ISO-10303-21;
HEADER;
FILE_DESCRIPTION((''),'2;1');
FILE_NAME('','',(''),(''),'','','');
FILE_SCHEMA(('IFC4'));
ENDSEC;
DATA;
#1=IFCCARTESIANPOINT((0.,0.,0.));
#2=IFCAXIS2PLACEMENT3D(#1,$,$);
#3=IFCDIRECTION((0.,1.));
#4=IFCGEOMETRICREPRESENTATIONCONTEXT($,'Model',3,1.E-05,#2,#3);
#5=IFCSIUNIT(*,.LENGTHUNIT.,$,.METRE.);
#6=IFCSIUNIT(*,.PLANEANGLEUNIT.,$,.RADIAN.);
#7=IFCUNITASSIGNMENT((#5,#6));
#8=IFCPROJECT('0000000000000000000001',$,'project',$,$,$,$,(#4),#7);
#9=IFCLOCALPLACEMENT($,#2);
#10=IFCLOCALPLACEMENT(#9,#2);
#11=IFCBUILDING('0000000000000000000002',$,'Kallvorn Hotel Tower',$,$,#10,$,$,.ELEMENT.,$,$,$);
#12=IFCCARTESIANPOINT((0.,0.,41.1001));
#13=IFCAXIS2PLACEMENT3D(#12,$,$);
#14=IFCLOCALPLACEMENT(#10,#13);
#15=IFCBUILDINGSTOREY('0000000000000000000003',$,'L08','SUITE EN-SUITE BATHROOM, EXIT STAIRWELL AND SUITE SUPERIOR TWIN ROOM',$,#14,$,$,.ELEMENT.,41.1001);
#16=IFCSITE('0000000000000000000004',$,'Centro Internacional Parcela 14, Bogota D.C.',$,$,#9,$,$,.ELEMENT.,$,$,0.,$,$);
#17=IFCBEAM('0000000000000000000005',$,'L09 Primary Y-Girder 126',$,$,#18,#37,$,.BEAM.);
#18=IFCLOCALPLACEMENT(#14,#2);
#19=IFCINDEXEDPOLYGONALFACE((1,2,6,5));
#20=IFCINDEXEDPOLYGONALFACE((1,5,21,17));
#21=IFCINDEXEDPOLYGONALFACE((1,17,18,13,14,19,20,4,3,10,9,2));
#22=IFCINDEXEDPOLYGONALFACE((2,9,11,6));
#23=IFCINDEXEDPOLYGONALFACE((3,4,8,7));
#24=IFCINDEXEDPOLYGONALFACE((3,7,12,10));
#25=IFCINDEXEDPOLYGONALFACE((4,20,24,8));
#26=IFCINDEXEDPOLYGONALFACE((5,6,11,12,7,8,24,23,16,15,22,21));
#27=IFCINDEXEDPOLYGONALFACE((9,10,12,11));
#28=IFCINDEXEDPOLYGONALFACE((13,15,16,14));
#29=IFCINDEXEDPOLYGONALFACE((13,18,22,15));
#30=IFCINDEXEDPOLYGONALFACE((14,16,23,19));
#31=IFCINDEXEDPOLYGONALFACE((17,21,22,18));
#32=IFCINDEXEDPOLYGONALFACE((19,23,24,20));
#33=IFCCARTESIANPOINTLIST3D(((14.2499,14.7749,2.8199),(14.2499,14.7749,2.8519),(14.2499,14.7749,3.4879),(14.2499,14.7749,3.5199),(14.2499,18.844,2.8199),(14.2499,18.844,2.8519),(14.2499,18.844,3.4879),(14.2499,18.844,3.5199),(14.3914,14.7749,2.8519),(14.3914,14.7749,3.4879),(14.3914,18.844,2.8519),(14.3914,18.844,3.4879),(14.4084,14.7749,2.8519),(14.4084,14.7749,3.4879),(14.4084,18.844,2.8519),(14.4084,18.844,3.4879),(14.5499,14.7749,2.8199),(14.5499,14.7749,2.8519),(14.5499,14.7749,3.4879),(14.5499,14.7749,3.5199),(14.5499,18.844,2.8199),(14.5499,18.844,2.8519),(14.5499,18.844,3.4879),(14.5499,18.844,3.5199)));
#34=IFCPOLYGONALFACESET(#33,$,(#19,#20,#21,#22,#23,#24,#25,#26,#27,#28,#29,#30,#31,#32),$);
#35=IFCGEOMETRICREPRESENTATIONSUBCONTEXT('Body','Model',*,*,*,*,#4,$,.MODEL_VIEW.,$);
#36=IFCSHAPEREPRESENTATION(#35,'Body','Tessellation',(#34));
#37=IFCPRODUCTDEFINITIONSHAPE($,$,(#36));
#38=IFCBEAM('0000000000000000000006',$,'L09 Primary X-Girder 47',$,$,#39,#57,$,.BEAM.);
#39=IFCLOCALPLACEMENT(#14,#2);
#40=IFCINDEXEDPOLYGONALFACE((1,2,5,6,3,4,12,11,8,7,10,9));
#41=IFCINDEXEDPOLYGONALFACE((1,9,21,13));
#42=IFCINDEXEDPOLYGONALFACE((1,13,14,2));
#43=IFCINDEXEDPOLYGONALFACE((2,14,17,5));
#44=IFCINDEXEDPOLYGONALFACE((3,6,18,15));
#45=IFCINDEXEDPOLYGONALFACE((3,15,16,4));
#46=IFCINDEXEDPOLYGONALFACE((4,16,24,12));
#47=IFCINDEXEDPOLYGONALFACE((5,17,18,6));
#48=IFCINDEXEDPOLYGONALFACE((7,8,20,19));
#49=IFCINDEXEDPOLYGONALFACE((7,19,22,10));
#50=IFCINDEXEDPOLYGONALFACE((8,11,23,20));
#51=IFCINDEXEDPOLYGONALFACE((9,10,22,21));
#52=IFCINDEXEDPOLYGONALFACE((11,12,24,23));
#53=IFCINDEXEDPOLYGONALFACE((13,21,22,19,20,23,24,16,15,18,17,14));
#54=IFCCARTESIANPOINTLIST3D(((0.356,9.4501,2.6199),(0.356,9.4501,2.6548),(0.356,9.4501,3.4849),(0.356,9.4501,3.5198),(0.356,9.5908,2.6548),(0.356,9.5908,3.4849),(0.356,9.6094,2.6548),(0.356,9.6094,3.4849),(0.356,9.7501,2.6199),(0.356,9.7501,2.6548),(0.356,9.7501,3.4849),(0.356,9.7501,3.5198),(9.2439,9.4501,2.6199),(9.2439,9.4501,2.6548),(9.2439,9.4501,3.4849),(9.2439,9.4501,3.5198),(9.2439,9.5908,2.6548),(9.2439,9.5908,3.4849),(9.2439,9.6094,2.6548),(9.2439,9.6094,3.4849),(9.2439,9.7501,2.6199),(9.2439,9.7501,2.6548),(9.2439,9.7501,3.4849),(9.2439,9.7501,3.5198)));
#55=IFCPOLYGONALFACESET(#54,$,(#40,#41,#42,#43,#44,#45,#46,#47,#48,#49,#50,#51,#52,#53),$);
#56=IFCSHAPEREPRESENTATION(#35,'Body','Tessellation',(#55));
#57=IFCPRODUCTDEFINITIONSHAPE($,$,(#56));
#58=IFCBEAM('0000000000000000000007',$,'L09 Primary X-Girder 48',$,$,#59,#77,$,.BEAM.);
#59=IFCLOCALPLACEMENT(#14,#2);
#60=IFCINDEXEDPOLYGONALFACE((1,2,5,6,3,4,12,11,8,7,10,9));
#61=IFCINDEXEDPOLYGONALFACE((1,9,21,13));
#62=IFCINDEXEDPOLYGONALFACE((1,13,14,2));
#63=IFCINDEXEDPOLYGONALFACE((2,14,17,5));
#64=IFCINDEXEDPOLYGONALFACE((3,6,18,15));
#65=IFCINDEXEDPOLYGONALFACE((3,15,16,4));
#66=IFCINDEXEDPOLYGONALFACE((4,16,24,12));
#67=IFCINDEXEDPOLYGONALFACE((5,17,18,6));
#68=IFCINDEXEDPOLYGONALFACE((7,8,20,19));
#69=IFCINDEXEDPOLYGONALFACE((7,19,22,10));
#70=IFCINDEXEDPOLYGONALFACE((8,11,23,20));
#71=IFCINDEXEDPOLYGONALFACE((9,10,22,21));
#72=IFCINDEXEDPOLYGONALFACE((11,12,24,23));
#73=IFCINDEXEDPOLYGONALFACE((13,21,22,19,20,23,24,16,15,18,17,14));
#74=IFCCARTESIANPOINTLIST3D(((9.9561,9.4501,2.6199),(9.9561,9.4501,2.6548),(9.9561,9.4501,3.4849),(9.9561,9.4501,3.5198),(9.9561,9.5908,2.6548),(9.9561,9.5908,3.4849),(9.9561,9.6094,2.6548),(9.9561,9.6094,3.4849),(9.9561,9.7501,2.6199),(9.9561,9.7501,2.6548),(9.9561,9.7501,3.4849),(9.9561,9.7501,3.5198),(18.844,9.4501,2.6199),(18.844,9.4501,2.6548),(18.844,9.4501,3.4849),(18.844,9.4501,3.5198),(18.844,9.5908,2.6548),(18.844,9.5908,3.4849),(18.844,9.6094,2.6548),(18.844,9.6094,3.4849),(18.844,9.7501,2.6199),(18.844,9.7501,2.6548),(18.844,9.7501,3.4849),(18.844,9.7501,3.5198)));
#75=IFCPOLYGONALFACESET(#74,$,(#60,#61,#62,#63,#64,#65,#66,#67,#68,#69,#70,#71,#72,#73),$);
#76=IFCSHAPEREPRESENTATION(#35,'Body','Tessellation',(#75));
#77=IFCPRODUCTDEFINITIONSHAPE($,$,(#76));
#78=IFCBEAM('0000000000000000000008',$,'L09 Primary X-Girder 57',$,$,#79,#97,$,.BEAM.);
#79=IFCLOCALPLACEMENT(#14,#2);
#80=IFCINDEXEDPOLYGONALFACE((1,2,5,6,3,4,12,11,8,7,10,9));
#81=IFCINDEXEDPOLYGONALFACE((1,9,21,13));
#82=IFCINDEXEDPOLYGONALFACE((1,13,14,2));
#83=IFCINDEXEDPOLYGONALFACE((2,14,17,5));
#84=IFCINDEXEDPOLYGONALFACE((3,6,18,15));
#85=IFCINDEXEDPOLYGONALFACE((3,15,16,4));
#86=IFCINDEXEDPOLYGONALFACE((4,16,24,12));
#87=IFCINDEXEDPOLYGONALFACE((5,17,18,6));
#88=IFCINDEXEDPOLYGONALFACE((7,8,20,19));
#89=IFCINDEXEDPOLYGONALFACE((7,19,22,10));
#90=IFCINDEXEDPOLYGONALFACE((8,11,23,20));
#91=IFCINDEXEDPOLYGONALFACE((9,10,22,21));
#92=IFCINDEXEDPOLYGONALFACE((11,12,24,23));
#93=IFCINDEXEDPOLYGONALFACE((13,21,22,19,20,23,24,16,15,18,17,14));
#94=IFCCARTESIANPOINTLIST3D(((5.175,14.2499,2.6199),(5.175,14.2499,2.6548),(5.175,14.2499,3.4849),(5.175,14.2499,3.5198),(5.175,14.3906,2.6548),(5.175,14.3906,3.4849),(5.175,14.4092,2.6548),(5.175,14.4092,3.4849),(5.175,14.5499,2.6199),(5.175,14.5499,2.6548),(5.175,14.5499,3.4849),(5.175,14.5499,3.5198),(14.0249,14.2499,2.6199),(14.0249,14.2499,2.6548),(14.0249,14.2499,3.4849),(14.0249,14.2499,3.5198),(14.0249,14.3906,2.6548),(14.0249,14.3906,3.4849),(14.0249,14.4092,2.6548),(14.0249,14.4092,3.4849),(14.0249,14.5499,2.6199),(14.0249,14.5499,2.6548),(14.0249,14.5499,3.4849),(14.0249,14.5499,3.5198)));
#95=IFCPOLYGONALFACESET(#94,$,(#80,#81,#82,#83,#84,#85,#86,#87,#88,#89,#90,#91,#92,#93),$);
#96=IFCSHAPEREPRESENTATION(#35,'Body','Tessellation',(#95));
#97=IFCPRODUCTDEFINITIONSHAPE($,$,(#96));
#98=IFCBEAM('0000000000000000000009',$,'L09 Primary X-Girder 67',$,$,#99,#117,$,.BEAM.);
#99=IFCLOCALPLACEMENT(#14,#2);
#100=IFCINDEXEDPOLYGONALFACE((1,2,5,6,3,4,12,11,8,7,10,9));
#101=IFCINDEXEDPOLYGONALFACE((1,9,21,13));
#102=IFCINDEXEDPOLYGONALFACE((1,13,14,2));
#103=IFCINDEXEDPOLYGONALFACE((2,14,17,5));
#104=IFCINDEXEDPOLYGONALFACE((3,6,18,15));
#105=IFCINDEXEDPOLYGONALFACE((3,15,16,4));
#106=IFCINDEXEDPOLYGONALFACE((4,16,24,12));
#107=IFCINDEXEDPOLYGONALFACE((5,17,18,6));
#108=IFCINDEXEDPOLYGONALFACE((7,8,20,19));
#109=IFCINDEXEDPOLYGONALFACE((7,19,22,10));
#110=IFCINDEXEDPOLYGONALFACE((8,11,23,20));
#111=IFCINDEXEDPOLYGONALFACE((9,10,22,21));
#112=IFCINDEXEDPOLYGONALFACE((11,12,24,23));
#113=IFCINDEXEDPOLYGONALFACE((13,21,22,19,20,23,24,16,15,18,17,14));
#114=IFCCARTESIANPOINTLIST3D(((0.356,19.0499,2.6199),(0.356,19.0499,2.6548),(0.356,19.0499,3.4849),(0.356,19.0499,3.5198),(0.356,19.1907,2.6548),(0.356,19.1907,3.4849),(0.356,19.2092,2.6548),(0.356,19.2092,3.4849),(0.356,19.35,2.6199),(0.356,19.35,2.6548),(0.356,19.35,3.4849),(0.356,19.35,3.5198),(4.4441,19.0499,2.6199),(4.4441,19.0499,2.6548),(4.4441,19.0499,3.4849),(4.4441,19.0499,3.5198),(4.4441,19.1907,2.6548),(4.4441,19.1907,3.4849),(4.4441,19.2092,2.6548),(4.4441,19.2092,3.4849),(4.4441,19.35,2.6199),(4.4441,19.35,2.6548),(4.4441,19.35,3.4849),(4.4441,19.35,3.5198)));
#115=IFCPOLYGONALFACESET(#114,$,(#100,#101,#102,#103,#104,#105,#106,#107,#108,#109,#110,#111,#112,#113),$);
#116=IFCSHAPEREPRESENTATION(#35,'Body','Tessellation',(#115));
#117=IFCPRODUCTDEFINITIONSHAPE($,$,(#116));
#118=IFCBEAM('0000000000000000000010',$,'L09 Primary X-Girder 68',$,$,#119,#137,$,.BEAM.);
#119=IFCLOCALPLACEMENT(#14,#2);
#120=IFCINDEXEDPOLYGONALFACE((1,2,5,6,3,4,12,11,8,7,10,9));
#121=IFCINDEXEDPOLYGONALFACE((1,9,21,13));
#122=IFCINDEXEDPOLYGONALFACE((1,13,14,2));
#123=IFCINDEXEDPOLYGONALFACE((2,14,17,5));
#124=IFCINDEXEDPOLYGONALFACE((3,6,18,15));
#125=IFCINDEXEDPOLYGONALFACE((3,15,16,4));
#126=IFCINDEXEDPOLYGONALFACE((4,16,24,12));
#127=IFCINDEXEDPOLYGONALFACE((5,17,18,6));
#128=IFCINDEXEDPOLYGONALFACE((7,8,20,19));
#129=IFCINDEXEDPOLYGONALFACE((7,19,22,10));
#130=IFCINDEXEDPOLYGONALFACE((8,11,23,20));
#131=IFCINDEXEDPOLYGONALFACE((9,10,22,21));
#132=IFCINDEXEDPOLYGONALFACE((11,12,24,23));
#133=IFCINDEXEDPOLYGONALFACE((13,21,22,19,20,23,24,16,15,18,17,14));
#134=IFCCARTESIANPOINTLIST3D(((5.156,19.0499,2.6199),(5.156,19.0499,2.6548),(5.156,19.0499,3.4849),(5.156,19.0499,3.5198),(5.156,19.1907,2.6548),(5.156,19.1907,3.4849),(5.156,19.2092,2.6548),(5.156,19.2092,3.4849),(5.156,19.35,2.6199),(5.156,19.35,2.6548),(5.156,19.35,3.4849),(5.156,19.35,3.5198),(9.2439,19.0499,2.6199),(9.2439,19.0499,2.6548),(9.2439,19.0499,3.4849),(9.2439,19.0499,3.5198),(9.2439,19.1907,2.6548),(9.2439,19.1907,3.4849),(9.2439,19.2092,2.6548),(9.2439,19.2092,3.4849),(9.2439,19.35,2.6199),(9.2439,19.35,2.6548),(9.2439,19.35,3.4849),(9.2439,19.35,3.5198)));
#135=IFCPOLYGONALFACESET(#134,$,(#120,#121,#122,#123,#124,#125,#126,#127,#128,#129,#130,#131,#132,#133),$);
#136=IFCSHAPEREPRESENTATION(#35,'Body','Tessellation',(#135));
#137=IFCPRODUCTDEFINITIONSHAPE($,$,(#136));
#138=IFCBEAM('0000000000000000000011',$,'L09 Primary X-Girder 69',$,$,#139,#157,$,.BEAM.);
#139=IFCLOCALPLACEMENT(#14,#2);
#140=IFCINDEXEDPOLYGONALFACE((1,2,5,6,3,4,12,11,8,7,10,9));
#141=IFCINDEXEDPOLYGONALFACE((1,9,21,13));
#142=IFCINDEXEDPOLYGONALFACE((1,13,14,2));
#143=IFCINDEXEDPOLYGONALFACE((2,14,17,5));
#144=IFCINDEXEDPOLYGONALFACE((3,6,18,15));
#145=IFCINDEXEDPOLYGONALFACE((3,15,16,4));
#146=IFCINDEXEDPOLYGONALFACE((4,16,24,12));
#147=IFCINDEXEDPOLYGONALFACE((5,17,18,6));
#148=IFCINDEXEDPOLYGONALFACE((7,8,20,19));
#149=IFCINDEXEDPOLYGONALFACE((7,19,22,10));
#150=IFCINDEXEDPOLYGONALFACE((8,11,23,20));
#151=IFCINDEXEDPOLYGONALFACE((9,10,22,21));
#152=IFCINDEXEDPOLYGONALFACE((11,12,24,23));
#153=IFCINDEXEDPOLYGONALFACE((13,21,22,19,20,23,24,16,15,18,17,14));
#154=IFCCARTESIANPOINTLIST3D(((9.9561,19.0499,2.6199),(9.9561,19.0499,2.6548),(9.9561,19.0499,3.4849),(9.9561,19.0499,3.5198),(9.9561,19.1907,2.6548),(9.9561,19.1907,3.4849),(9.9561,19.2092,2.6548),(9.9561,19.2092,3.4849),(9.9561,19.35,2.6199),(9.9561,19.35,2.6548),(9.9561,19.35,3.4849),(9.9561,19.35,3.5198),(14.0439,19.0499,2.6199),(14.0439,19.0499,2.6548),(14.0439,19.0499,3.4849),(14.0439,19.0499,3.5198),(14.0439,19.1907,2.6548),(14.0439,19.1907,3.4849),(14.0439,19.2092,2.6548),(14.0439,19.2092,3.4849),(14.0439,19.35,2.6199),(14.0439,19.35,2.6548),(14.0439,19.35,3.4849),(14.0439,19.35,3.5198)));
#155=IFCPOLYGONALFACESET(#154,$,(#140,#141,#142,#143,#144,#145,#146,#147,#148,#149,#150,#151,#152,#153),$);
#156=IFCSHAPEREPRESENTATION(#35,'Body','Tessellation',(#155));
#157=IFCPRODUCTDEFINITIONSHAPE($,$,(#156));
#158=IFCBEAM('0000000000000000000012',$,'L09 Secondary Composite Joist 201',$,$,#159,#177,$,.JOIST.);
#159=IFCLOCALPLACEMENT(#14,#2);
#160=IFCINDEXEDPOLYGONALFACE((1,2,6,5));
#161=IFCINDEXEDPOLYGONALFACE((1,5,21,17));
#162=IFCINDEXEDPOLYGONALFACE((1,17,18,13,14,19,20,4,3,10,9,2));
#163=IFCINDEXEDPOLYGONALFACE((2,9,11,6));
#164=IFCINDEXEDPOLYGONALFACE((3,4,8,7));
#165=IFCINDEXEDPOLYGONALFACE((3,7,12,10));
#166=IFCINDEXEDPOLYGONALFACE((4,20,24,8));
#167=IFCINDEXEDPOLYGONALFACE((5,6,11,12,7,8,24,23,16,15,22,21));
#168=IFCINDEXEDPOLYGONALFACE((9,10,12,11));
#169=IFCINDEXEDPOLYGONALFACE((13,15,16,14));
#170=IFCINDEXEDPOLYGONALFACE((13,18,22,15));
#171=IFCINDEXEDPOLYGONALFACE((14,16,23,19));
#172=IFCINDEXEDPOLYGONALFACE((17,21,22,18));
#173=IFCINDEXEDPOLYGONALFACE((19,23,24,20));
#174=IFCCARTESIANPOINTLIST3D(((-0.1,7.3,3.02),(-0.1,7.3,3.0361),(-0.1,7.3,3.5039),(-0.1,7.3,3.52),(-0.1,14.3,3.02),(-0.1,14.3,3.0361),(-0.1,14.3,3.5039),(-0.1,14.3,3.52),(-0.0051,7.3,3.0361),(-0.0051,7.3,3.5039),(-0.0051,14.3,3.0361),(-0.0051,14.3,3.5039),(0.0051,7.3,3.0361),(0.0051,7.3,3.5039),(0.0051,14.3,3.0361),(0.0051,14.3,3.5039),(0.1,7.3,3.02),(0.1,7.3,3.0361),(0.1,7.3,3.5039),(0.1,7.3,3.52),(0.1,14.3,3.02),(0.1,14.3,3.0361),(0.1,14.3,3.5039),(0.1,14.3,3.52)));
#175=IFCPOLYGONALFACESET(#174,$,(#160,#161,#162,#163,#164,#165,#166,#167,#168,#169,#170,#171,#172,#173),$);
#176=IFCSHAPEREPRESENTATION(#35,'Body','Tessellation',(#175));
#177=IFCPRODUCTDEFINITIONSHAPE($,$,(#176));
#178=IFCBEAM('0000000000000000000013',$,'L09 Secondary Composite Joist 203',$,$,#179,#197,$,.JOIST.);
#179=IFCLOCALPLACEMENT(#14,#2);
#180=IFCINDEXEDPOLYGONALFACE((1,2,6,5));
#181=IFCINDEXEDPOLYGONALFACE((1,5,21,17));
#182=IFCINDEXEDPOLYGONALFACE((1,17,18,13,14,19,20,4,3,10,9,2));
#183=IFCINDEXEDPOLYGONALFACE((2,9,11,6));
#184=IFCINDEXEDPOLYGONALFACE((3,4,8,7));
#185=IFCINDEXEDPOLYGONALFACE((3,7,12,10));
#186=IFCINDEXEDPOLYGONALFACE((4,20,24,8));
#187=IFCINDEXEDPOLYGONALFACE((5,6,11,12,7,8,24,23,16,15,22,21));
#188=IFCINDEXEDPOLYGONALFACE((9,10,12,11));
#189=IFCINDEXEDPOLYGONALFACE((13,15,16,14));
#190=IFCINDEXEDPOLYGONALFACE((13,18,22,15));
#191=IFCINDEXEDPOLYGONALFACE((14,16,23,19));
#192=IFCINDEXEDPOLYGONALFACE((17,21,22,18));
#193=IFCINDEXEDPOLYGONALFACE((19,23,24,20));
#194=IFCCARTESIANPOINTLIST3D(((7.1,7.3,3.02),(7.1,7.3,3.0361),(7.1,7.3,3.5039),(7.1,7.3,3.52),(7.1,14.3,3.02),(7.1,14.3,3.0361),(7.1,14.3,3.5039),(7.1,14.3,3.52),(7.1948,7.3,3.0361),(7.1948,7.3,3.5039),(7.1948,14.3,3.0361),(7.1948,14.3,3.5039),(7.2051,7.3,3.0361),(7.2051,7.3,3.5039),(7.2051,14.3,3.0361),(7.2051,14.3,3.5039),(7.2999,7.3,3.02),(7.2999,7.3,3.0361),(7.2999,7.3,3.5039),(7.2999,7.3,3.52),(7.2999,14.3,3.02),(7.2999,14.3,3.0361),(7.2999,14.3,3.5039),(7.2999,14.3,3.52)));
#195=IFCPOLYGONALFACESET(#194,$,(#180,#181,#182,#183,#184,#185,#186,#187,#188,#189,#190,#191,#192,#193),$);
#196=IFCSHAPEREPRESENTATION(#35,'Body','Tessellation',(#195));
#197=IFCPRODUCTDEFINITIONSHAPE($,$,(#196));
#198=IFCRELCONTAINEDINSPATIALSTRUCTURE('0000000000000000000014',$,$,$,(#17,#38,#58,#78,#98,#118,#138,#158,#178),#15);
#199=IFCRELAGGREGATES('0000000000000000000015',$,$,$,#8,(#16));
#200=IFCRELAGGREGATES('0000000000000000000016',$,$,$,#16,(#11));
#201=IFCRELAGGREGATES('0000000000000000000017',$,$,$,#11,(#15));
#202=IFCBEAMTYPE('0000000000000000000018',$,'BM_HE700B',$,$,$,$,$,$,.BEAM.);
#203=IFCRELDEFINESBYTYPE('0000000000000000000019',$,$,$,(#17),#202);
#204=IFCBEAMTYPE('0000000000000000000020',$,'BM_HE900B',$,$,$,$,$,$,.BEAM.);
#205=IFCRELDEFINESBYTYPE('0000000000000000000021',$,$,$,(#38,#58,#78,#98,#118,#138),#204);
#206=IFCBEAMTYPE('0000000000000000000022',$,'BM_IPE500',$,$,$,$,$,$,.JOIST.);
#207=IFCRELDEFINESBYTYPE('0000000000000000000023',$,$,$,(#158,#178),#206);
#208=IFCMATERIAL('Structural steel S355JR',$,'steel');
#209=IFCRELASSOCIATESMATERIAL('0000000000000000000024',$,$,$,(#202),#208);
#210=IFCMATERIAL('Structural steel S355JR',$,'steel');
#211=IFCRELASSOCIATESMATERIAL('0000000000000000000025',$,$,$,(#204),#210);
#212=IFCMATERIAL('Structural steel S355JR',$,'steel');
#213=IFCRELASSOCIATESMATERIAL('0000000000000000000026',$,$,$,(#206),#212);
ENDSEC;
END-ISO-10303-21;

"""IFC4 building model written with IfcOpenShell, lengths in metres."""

from ifc_helpers import new_model, si_unit, direction, frame, origin, origin_2d, place, context, subcontext, project, spatial, i_section, extrude, material, material_profile, profile_set, type_object, element, save


model = new_model("IFC4")

# Units and contexts
model_context = context("Model", 3, precision=1e-05, world=origin(), true_north=direction((0.0, 1.0)))
body_context = subcontext(model_context, "Body", "Model", "MODEL_VIEW")
ifc_project = project(units=[si_unit("LENGTHUNIT", "METRE"), si_unit("PLANEANGLEUNIT", "RADIAN")], contexts=[model_context])

# Site, building, storey
site_placement = place(None, origin())
site = spatial("IfcSite", under=ifc_project, at=site_placement, Name="Centro Internacional Parcela 14, Bogota D.C.", CompositionType="ELEMENT", RefElevation=0.0)
building_placement = place(site_placement, origin())
building = spatial("IfcBuilding", under=site, at=building_placement, Name="Kallvorn Hotel Tower", CompositionType="ELEMENT")
storey_placement = place(building_placement, frame((0.0, 0.0, 41.1001)))
storey = spatial("IfcBuildingStorey", under=building, at=storey_placement, Name="L08", Description="SUITE EN-SUITE BATHROOM, EXIT STAIRWELL AND SUITE SUPERIOR TWIN ROOM", CompositionType="ELEMENT", Elevation=41.1001)

# Beams
ifc_material_1 = material(Name="Structural steel S355JR", Category="steel")
ifc_material_profile_1 = material_profile(ifc_material_1, i_section(OverallWidth=0.3, OverallDepth=0.7, WebThickness=0.0171, FlangeThickness=0.032, at=origin_2d()), Name="HE 700 B")
ifc_profile_set_1 = profile_set([ifc_material_profile_1], Name="Structural steel S355JR")
beam_type_1 = type_object("IfcBeamType", Name="BM_HE700B", PredefinedType="BEAM", material=ifc_profile_set_1)
beam_1_placement = place(storey_placement, frame((14.3999, 14.7749, 3.1699), z_axis=(0.0, 1.0, 0.0), x_axis=(-1.0, 0.0, 0.0)))
element("IfcBeam", 1, at=beam_1_placement, inside=storey, type_object=beam_type_1, Name="L09 Primary Y-Girder 126", PredefinedType="BEAM", context=body_context, shape_type="SweptSolid", body=[
    extrude(i_section(OverallWidth=0.3, OverallDepth=0.7, WebThickness=0.0171, FlangeThickness=0.032, at=origin_2d()), origin(), (0.0, 0.0, 1.0), 4.0691),
])
ifc_material_2 = material(Name="Structural steel S355JR", Category="steel")
ifc_material_profile_2 = material_profile(ifc_material_2, i_section(OverallWidth=0.3, OverallDepth=0.8999, WebThickness=0.0186, FlangeThickness=0.0349, at=origin_2d()), Name="HE 900 B")
ifc_profile_set_2 = profile_set([ifc_material_profile_2], Name="Structural steel S355JR")
beam_type_2 = type_object("IfcBeamType", Name="BM_HE900B", PredefinedType="BEAM", material=ifc_profile_set_2)
for number, where, z_axis, x_axis, name in (
    (2, (0.356, 9.6001, 3.0698), (1.0, 0.0, 0.0), (0.0, 1.0, 0.0), "L09 Primary X-Girder 47"),
    (3, (9.9561, 9.6001, 3.0698), (1.0, 0.0, 0.0), (0.0, 1.0, 0.0), "L09 Primary X-Girder 48"),
):
    element("IfcBeam", number, at=place(storey_placement, frame(where, z_axis=z_axis, x_axis=x_axis)), inside=storey, type_object=beam_type_2, Name=name, PredefinedType="BEAM", context=body_context, shape_type="SweptSolid", body=[
        extrude(i_section(OverallWidth=0.3, OverallDepth=0.8999, WebThickness=0.0186, FlangeThickness=0.0349, at=origin_2d()), origin(), (0.0, 0.0, 1.0), 8.8879),
    ])
beam_2_placement = place(storey_placement, frame((5.175, 14.3999, 3.0698), z_axis=(1.0, 0.0, 0.0), x_axis=(0.0, 1.0, 0.0)))
element("IfcBeam", 4, at=beam_2_placement, inside=storey, type_object=beam_type_2, Name="L09 Primary X-Girder 57", PredefinedType="BEAM", context=body_context, shape_type="SweptSolid", body=[
    extrude(i_section(OverallWidth=0.3, OverallDepth=0.8999, WebThickness=0.0186, FlangeThickness=0.0349, at=origin_2d()), origin(), (0.0, 0.0, 1.0), 8.8499),
])
beam_3_placement = place(storey_placement, frame((0.356, 19.2, 3.0698), z_axis=(1.0, 0.0, 0.0), x_axis=(0.0, 1.0, 0.0)))
element("IfcBeam", 5, at=beam_3_placement, inside=storey, type_object=beam_type_2, Name="L09 Primary X-Girder 67", PredefinedType="BEAM", context=body_context, shape_type="SweptSolid", body=[
    extrude(i_section(OverallWidth=0.3, OverallDepth=0.8999, WebThickness=0.0186, FlangeThickness=0.0349, at=origin_2d()), origin(), (0.0, 0.0, 1.0), 4.0881),
])
for number, where, z_axis, x_axis, name in (
    (6, (5.156, 19.2, 3.0698), (1.0, 0.0, 0.0), (0.0, 1.0, 0.0), "L09 Primary X-Girder 68"),
    (7, (9.9561, 19.2, 3.0698), (1.0, 0.0, 0.0), (0.0, 1.0, 0.0), "L09 Primary X-Girder 69"),
):
    element("IfcBeam", number, at=place(storey_placement, frame(where, z_axis=z_axis, x_axis=x_axis)), inside=storey, type_object=beam_type_2, Name=name, PredefinedType="BEAM", context=body_context, shape_type="SweptSolid", body=[
        extrude(i_section(OverallWidth=0.3, OverallDepth=0.8999, WebThickness=0.0186, FlangeThickness=0.0349, at=origin_2d()), origin(), (0.0, 0.0, 1.0), 4.0879),
    ])
ifc_material_3 = material(Name="Structural steel S355JR", Category="steel")
ifc_material_profile_3 = material_profile(ifc_material_3, i_section(OverallWidth=0.2, OverallDepth=0.5, WebThickness=0.0103, FlangeThickness=0.0161, at=origin_2d()), Name="IPE 500")
ifc_profile_set_3 = profile_set([ifc_material_profile_3], Name="Structural steel S355JR")
beam_type_3 = type_object("IfcBeamType", Name="BM_IPE500", PredefinedType="JOIST", material=ifc_profile_set_3)
for number, where, z_axis, x_axis, name in (
    (8, (0.0, 7.3, 3.27), (0.0, 1.0, 0.0), (-1.0, 0.0, 0.0), "L09 Secondary Composite Joist 201"),
    (9, (7.2, 7.3, 3.27), (0.0, 1.0, 0.0), (-1.0, 0.0, 0.0), "L09 Secondary Composite Joist 203"),
):
    element("IfcBeam", number, at=place(storey_placement, frame(where, z_axis=z_axis, x_axis=x_axis)), inside=storey, type_object=beam_type_3, Name=name, PredefinedType="JOIST", context=body_context, shape_type="SweptSolid", body=[
        extrude(i_section(OverallWidth=0.2, OverallDepth=0.5, WebThickness=0.0103, FlangeThickness=0.0161, at=origin_2d()), origin(), (0.0, 0.0, 1.0), 7.0),
    ])

save(model, "model.ifc")
